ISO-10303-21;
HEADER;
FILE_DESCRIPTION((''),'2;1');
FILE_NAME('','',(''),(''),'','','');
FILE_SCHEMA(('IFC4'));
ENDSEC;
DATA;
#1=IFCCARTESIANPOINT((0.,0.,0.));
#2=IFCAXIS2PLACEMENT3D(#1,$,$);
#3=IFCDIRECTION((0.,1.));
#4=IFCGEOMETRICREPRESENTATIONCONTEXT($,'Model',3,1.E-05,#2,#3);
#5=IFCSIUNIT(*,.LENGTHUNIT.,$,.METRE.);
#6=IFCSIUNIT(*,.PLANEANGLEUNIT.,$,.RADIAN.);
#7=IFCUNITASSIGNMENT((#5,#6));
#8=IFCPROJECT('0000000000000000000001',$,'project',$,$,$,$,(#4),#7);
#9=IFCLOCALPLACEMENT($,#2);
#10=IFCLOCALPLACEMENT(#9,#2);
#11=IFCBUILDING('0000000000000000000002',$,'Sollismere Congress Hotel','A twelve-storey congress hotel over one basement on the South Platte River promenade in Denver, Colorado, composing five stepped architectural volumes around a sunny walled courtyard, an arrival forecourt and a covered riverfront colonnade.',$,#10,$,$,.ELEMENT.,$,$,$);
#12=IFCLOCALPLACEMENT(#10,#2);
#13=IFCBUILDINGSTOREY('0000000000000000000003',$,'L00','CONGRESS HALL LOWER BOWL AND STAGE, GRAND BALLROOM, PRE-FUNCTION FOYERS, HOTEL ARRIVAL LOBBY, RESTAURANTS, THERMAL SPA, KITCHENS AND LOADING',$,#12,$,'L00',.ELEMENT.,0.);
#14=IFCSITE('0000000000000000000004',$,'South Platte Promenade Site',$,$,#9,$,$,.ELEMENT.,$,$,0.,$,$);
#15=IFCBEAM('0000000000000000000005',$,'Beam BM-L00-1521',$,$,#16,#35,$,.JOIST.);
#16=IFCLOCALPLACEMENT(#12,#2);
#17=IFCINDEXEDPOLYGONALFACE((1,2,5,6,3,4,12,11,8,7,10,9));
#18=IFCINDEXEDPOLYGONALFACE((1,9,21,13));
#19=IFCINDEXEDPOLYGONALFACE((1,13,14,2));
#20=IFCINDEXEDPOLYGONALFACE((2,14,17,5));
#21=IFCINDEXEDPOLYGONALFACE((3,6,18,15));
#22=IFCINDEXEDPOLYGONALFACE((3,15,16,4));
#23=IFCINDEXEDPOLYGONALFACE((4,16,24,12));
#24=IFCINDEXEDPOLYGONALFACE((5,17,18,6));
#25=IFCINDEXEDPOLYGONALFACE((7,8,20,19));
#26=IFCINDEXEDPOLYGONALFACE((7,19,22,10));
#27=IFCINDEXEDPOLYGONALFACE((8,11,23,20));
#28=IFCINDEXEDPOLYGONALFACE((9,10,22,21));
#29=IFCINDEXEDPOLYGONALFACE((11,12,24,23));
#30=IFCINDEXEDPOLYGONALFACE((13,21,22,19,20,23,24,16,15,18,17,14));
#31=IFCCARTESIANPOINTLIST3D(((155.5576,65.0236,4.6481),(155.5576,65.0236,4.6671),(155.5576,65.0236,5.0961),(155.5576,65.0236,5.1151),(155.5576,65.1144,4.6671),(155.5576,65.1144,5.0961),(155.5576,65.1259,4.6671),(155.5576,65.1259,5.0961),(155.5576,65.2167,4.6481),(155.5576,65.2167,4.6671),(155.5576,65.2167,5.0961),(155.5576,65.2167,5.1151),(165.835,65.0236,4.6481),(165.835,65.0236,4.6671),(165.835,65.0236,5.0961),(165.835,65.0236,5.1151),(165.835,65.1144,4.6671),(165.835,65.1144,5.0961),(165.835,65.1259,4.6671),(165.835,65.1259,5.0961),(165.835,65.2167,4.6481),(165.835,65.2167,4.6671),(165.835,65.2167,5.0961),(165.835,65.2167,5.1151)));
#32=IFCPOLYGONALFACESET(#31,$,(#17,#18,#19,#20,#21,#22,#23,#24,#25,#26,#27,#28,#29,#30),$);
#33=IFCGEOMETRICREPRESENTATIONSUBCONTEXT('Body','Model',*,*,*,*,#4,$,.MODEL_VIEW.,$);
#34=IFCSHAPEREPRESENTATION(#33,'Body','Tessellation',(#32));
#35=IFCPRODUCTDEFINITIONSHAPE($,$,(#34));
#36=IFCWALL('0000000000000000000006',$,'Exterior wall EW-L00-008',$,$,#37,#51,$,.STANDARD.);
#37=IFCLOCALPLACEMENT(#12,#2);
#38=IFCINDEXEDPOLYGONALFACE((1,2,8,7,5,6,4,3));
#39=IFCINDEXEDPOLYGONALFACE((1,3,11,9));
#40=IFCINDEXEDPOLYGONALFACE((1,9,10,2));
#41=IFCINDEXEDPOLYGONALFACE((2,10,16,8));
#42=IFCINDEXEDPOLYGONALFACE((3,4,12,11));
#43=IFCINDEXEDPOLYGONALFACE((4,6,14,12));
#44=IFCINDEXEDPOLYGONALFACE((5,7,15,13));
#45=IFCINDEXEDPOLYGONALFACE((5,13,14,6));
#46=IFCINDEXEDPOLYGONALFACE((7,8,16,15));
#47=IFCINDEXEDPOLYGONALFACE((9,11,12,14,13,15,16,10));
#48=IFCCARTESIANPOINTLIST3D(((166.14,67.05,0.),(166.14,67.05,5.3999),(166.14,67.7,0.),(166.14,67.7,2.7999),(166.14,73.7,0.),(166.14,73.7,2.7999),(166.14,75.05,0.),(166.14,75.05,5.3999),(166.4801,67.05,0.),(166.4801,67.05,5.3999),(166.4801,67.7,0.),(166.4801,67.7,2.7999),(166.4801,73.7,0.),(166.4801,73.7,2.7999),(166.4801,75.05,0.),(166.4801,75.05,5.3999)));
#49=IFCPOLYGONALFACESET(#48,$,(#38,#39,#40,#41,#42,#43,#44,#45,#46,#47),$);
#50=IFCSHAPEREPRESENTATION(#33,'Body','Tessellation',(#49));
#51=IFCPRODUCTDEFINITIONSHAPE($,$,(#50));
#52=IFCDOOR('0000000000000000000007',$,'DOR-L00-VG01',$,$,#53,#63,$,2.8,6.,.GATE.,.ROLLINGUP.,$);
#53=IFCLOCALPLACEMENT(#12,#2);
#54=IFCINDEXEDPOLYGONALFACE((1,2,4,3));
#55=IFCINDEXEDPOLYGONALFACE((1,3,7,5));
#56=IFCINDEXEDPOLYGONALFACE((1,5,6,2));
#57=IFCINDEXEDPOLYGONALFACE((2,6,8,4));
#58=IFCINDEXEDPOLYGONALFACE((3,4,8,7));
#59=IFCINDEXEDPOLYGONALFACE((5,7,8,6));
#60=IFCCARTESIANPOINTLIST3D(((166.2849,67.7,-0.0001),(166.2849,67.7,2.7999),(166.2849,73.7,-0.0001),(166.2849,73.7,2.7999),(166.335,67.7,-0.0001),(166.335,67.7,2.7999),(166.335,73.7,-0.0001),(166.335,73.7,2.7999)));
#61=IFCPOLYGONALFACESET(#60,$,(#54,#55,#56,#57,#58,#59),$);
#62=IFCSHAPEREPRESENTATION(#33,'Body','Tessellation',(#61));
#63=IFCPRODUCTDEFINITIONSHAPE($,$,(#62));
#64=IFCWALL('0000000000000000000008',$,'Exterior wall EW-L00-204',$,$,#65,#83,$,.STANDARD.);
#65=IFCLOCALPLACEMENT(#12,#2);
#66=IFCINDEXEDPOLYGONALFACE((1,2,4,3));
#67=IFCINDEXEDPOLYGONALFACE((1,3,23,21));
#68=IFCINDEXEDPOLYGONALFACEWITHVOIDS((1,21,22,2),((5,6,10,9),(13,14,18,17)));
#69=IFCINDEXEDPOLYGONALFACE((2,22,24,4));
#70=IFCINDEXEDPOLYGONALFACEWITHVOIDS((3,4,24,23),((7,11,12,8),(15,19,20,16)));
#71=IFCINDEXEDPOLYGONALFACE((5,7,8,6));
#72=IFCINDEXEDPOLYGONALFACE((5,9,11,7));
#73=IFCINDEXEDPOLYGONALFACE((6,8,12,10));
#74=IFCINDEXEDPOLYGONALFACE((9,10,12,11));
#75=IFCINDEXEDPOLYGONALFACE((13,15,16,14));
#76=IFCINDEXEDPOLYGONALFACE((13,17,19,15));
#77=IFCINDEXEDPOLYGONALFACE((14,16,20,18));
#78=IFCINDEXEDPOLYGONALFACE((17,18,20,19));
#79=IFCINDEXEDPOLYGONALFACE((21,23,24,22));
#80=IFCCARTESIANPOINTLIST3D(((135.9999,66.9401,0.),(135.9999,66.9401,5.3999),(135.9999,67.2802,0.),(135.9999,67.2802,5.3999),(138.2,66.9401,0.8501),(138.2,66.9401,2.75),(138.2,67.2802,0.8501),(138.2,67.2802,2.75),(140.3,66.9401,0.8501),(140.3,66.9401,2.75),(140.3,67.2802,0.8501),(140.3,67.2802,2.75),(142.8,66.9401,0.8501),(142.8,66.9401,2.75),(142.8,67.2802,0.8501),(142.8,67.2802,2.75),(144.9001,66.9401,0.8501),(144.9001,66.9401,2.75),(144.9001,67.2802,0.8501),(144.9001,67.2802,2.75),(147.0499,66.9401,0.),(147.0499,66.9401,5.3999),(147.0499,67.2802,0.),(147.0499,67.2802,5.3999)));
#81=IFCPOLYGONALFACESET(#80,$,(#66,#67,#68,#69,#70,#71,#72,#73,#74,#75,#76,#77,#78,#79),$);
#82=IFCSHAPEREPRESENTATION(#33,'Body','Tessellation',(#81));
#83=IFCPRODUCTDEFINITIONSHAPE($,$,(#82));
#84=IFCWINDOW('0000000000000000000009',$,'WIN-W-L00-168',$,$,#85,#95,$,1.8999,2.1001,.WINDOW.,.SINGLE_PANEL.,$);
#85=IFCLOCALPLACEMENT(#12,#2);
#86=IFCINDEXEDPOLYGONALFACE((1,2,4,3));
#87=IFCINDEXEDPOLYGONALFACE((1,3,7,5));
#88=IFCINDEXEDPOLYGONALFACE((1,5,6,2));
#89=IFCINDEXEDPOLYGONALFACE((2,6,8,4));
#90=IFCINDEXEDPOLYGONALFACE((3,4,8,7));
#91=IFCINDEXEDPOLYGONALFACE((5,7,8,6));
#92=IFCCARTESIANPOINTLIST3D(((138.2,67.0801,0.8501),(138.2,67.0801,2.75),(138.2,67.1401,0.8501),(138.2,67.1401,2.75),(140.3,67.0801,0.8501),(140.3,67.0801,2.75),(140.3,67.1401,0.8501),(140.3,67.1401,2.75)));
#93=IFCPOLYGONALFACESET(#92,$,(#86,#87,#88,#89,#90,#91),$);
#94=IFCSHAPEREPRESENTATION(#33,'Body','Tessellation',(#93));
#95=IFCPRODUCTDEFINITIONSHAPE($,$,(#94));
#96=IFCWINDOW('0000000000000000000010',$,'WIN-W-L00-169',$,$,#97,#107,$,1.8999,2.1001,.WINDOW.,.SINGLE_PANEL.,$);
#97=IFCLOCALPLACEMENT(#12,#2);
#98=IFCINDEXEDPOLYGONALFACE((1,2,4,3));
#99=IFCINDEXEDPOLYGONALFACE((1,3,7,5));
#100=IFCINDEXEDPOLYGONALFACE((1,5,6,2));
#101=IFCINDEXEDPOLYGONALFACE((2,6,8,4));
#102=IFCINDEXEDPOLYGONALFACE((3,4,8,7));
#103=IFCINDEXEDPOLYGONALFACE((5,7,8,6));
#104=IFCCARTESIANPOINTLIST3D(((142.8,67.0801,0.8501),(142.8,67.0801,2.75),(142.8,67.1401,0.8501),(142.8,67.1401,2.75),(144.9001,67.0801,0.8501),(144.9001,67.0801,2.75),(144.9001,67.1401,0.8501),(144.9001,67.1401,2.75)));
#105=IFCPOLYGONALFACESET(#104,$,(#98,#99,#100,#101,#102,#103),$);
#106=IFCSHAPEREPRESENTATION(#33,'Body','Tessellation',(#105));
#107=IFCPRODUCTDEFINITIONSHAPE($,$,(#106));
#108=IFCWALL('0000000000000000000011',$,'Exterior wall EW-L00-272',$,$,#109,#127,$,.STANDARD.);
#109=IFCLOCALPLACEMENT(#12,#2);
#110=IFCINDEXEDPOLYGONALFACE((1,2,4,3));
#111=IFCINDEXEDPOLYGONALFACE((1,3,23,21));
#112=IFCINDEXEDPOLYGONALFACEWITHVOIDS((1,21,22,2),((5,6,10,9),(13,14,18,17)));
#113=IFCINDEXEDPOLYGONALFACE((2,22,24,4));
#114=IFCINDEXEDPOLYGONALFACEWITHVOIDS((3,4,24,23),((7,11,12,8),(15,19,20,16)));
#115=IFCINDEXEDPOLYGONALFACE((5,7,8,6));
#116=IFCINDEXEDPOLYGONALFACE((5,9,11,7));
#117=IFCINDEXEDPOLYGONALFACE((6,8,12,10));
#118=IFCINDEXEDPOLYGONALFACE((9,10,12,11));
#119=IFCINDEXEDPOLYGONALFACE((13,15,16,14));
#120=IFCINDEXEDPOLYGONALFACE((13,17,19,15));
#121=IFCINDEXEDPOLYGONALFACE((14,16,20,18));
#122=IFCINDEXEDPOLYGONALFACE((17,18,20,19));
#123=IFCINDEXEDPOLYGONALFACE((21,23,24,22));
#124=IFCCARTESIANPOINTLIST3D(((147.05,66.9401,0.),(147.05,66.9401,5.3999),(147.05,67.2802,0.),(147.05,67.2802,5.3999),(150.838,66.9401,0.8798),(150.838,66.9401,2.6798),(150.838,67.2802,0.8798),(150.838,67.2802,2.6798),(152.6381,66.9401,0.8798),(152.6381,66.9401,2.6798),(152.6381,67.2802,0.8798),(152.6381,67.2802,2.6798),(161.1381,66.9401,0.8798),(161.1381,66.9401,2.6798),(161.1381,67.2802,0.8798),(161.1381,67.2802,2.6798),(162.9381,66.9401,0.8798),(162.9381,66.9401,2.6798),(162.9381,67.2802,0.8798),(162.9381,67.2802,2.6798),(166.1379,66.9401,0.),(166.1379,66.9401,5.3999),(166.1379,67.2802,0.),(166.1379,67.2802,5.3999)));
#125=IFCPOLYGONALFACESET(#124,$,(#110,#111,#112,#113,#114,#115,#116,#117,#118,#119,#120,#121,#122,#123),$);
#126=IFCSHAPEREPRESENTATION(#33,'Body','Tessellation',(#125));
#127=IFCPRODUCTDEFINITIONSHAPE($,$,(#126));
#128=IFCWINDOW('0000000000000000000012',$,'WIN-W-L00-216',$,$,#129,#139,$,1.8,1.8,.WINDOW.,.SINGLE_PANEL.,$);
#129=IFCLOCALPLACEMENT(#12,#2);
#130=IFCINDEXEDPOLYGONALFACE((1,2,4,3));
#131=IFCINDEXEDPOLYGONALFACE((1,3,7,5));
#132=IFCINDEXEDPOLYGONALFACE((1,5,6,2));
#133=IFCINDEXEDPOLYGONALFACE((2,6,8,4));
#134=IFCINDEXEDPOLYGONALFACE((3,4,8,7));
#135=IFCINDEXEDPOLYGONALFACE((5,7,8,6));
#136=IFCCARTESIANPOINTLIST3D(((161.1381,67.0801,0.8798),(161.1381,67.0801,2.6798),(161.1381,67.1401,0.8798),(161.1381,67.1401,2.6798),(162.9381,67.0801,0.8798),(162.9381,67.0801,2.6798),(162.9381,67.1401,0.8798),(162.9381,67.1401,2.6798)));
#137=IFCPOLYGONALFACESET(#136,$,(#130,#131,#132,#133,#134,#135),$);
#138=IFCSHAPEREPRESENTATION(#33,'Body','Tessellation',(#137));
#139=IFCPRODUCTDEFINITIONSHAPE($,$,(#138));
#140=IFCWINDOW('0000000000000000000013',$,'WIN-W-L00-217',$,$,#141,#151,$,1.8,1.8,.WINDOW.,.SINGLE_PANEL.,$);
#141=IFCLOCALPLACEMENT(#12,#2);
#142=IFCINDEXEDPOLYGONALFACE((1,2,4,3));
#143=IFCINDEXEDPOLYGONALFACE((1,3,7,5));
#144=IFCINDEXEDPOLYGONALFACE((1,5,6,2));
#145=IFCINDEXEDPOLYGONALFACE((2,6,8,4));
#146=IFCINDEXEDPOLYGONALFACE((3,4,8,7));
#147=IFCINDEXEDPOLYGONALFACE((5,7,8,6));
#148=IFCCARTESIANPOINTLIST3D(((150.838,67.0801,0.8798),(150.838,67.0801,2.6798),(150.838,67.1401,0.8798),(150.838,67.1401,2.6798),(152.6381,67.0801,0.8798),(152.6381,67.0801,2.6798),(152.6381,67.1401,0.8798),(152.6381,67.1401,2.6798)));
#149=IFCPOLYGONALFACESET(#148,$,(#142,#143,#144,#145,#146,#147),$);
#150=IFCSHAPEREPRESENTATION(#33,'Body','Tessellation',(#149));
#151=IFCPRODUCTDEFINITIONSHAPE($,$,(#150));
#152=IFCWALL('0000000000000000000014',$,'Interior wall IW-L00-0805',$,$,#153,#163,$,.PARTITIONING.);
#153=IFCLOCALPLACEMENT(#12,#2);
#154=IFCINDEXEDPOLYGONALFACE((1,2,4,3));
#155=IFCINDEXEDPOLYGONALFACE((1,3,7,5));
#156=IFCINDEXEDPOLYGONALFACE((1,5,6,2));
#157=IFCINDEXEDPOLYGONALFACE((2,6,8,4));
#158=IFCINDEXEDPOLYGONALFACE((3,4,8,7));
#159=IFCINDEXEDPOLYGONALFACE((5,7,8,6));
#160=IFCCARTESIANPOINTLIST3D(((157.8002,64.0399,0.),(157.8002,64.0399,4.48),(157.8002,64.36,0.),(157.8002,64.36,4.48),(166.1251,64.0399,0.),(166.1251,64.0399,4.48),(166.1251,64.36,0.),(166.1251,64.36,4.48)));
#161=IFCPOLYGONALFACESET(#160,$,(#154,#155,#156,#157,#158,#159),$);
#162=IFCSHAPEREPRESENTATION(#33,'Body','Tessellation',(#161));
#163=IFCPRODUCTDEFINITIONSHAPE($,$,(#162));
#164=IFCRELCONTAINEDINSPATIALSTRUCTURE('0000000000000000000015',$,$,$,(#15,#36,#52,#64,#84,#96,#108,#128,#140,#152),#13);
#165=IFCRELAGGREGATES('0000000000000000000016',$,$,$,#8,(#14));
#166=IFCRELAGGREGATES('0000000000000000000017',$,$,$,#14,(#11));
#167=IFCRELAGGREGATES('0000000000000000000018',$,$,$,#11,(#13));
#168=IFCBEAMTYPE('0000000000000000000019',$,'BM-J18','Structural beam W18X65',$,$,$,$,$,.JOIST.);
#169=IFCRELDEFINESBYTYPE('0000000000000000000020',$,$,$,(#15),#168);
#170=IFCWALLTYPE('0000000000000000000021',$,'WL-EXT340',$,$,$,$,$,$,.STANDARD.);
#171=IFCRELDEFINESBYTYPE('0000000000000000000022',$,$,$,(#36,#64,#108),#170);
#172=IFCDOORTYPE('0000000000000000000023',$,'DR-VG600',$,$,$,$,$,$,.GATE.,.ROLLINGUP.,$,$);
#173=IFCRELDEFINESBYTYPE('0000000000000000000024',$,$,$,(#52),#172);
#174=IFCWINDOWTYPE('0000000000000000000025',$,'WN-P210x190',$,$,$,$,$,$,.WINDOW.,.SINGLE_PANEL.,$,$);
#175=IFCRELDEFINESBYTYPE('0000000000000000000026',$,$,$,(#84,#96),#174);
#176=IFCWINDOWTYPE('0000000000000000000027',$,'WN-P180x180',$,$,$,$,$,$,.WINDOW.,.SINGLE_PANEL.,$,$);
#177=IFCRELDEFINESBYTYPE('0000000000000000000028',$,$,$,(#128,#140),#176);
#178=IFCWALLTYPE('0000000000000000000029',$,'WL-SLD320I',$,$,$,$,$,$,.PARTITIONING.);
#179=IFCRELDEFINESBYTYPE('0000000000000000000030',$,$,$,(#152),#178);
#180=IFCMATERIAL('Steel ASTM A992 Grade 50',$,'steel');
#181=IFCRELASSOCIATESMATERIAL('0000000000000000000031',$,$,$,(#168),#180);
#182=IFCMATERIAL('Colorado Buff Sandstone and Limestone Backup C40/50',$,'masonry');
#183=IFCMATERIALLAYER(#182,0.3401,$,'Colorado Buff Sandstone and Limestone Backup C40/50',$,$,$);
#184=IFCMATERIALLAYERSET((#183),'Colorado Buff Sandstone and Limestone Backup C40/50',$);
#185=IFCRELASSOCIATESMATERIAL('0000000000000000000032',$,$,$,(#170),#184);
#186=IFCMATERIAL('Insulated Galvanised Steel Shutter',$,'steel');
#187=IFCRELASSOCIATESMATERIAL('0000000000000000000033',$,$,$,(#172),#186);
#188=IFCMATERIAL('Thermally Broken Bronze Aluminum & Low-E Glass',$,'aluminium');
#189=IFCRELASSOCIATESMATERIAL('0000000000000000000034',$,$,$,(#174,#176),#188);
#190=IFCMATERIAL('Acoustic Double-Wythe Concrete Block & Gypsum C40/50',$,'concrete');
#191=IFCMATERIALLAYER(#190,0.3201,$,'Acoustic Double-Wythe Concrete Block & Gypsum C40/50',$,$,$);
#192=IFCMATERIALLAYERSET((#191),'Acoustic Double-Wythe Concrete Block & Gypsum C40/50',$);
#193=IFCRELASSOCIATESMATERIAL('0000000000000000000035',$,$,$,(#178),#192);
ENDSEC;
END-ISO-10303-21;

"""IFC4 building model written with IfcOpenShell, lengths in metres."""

from ifc_helpers import new_model, si_unit, direction, frame, frame_2d, origin, origin_2d, place, context, subcontext, project, spatial, rectangle, i_section, extrude, material, layer, layer_set, material_profile, profile_set, type_object, element, fill, save


model = new_model("IFC4")

# Units and contexts
model_context = context("Model", 3, precision=1e-05, world=origin(), true_north=direction((0.0, 1.0)))
body_context = subcontext(model_context, "Body", "Model", "MODEL_VIEW")
ifc_project = project(units=[si_unit("LENGTHUNIT", "METRE"), si_unit("PLANEANGLEUNIT", "RADIAN")], contexts=[model_context])

# Site, building, storey
site_placement = place(None, origin())
site = spatial("IfcSite", under=ifc_project, at=site_placement, Name="South Platte Promenade Site", CompositionType="ELEMENT", RefElevation=0.0)
building_placement = place(site_placement, origin())
building = spatial("IfcBuilding", under=site, at=building_placement, Name="Sollismere Congress Hotel", Description="A twelve-storey congress hotel over one basement on the South Platte River promenade in Denver, Colorado, composing five stepped architectural volumes around a sunny walled courtyard, an arrival forecourt and a covered riverfront colonnade.", CompositionType="ELEMENT")
storey_placement = place(building_placement, origin())
storey = spatial("IfcBuildingStorey", under=building, at=storey_placement, Name="L00", Description="CONGRESS HALL LOWER BOWL AND STAGE, GRAND BALLROOM, PRE-FUNCTION FOYERS, HOTEL ARRIVAL LOBBY, RESTAURANTS, THERMAL SPA, KITCHENS AND LOADING", LongName="L00", CompositionType="ELEMENT", Elevation=0.0)

# Shared definitions
ifc_material_1 = material(Name="Steel ASTM A992 Grade 50", Category="steel")

# Beam
ifc_material_profile_1 = material_profile(ifc_material_1, i_section(OverallWidth=0.1931, OverallDepth=0.467, WebThickness=0.0115, FlangeThickness=0.019, at=origin_2d()), Name="W18X65")
ifc_profile_set_1 = profile_set([ifc_material_profile_1], Name="Steel ASTM A992 Grade 50")
beam_type_1 = type_object("IfcBeamType", Name="BM-J18", Description="Structural beam W18X65", PredefinedType="JOIST", material=ifc_profile_set_1)
for number, where, z_axis, x_axis, name in (
    (1, (155.5576, 65.1201, 4.8816), (1.0, 0.0, 0.0), (0.0, 1.0, 0.0), "Beam BM-L00-1521"),
):
    element("IfcBeam", number, at=place(storey_placement, frame(where, z_axis=z_axis, x_axis=x_axis)), inside=storey, type_object=beam_type_1, Name=name, PredefinedType="JOIST", context=body_context, shape_type="SweptSolid", body=[
        extrude(i_section(OverallWidth=0.1931, OverallDepth=0.467, WebThickness=0.0115, FlangeThickness=0.019, at=origin_2d()), origin(), (0.0, 0.0, 1.0), 10.2773),
    ])

# Wall, opening, door
ifc_material_2 = material(Name="Colorado Buff Sandstone and Limestone Backup C40/50", Category="masonry")
ifc_layer_1 = layer(ifc_material_2, 0.3401, Name="Colorado Buff Sandstone and Limestone Backup C40/50")
ifc_layer_set_1 = layer_set([ifc_layer_1], Name="Colorado Buff Sandstone and Limestone Backup C40/50")
wall_type_1 = type_object("IfcWallType", Name="WL-EXT340", PredefinedType="STANDARD", material=ifc_layer_set_1)
wall_1_placement = place(storey_placement, frame((166.3101, 67.05, 0.0), z_axis=(0.0, 0.0, 1.0), x_axis=(0.0, 1.0, 0.0)))
wall_1 = element("IfcWall", 2, at=wall_1_placement, inside=storey, type_object=wall_type_1, Name="Exterior wall EW-L00-008", PredefinedType="STANDARD", context=body_context, shape_type="SweptSolid", body=[
    extrude(rectangle(XDim=8.0, YDim=0.3401, at=frame_2d((4.0, 0.0))), origin(), (0.0, 0.0, 1.0), 5.3999),
])
opening_1_placement = place(wall_1_placement, frame((0.6499, 0.0, 0.0)))
opening_1 = element("IfcOpeningElement", 3, at=opening_1_placement, cuts=wall_1, PredefinedType="OPENING", context=body_context, shape_type="SweptSolid", body=[
    extrude(rectangle(XDim=6.0, YDim=2.8, at=frame_2d((3.0, 1.3999))), frame((0.0, 0.1799, 0.0), z_axis=(0.0, -1.0, 0.0), x_axis=(1.0, 0.0, 0.0)), (0.0, 0.0, 1.0), 0.3601),
])
ifc_material_3 = material(Name="Insulated Galvanised Steel Shutter", Category="steel")
door_type = type_object("IfcDoorType", Name="DR-VG600", OperationType="ROLLINGUP", PredefinedType="GATE", material=ifc_material_3)
door_placement = place(opening_1_placement, frame((6.0, 0.0, 0.0), z_axis=(0.0, 0.0, 1.0), x_axis=(-1.0, 0.0, 0.0)))
door = element("IfcDoor", 4, at=door_placement, inside=storey, type_object=door_type, Name="DOR-L00-VG01", OperationType="ROLLINGUP", OverallHeight=2.8, OverallWidth=6.0, PredefinedType="GATE", context=body_context, shape_type="SweptSolid", body=[
    extrude(rectangle(XDim=6.0, YDim=2.8, at=frame_2d((3.0, 1.3999))), frame((0.0, 0.0249, 0.0), z_axis=(0.0, -1.0, 0.0), x_axis=(1.0, 0.0, 0.0)), (0.0, 0.0, 1.0), 0.05),
])
fill(opening_1, door)

# Walls, openings, windows
wall_2_placement = place(storey_placement, frame((136.0, 67.1101, 0.0), z_axis=(0.0, 0.0, 1.0), x_axis=(1.0, 0.0, 0.0)))
wall_2 = element("IfcWall", 5, at=wall_2_placement, inside=storey, type_object=wall_type_1, Name="Exterior wall EW-L00-204", PredefinedType="STANDARD", context=body_context, shape_type="SweptSolid", body=[
    extrude(rectangle(XDim=11.05, YDim=0.3401, at=frame_2d((5.5249, 0.0))), origin(), (0.0, 0.0, 1.0), 5.3999),
])
opening_2_placement = place(wall_2_placement, frame((2.2, 0.0, 0.8501)))
opening_2 = element("IfcOpeningElement", 6, at=opening_2_placement, cuts=wall_2, PredefinedType="OPENING", context=body_context, shape_type="SweptSolid", body=[
    extrude(rectangle(XDim=2.1001, YDim=1.8999, at=frame_2d((1.05, 0.95))), frame((0.0, 0.1799, 0.0), z_axis=(0.0, -1.0, 0.0), x_axis=(1.0, 0.0, 0.0)), (0.0, 0.0, 1.0), 0.3601),
])
opening_3_placement = place(wall_2_placement, frame((6.8, 0.0, 0.8501)))
opening_3 = element("IfcOpeningElement", 7, at=opening_3_placement, cuts=wall_2, PredefinedType="OPENING", context=body_context, shape_type="SweptSolid", body=[
    extrude(rectangle(XDim=2.1001, YDim=1.8999, at=frame_2d((1.05, 0.95))), frame((0.0, 0.1799, 0.0), z_axis=(0.0, -1.0, 0.0), x_axis=(1.0, 0.0, 0.0)), (0.0, 0.0, 1.0), 0.3601),
])
ifc_material_4 = material(Name="Thermally Broken Bronze Aluminum & Low-E Glass", Category="aluminium")
window_type_1 = type_object("IfcWindowType", Name="WN-P210x190", PartitioningType="SINGLE_PANEL", PredefinedType="WINDOW", material=ifc_material_4)
window_1_placement = place(opening_2_placement, origin())
window_1 = element("IfcWindow", 8, at=window_1_placement, inside=storey, type_object=window_type_1, Name="WIN-W-L00-168", OverallHeight=1.8999, OverallWidth=2.1001, PartitioningType="SINGLE_PANEL", PredefinedType="WINDOW", context=body_context, shape_type="SweptSolid", body=[
    extrude(rectangle(XDim=2.1001, YDim=1.8999, at=frame_2d((1.05, 0.95))), frame((0.0, 0.03, 0.0), z_axis=(0.0, -1.0, 0.0), x_axis=(1.0, 0.0, 0.0)), (0.0, 0.0, 1.0), 0.0601),
])
fill(opening_2, window_1)
window_2_placement = place(opening_3_placement, origin())
window_2 = element("IfcWindow", 9, at=window_2_placement, inside=storey, type_object=window_type_1, Name="WIN-W-L00-169", OverallHeight=1.8999, OverallWidth=2.1001, PartitioningType="SINGLE_PANEL", PredefinedType="WINDOW", context=body_context, shape_type="SweptSolid", body=[
    extrude(rectangle(XDim=2.1001, YDim=1.8999, at=frame_2d((1.05, 0.95))), frame((0.0, 0.03, 0.0), z_axis=(0.0, -1.0, 0.0), x_axis=(1.0, 0.0, 0.0)), (0.0, 0.0, 1.0), 0.0601),
])
fill(opening_3, window_2)
wall_3_placement = place(storey_placement, frame((166.1379, 67.1101, 0.0), z_axis=(0.0, 0.0, 1.0), x_axis=(-1.0, 0.0, 0.0)))
wall_3 = element("IfcWall", 10, at=wall_3_placement, inside=storey, type_object=wall_type_1, Name="Exterior wall EW-L00-272", PredefinedType="STANDARD", context=body_context, shape_type="SweptSolid", body=[
    extrude(rectangle(XDim=19.0879, YDim=0.3401, at=frame_2d((9.5439, 0.0))), origin(), (0.0, 0.0, 1.0), 5.3999),
])
opening_4_placement = place(wall_3_placement, frame((3.2, 0.0, 0.8799)))
opening_4 = element("IfcOpeningElement", 11, at=opening_4_placement, cuts=wall_3, PredefinedType="OPENING", context=body_context, shape_type="SweptSolid", body=[
    extrude(rectangle(XDim=1.8, YDim=1.8, at=frame_2d((0.8999, 0.8999))), frame((0.0, 0.1799, 0.0), z_axis=(0.0, -1.0, 0.0), x_axis=(1.0, 0.0, 0.0)), (0.0, 0.0, 1.0), 0.3601),
])
opening_5_placement = place(wall_3_placement, frame((13.5, 0.0, 0.8799)))
opening_5 = element("IfcOpeningElement", 12, at=opening_5_placement, cuts=wall_3, PredefinedType="OPENING", context=body_context, shape_type="SweptSolid", body=[
    extrude(rectangle(XDim=1.8, YDim=1.8, at=frame_2d((0.8999, 0.8999))), frame((0.0, 0.1799, 0.0), z_axis=(0.0, -1.0, 0.0), x_axis=(1.0, 0.0, 0.0)), (0.0, 0.0, 1.0), 0.3601),
])
window_type_2 = type_object("IfcWindowType", Name="WN-P180x180", PartitioningType="SINGLE_PANEL", PredefinedType="WINDOW", material=ifc_material_4)
window_3_placement = place(opening_4_placement, origin())
window_3 = element("IfcWindow", 13, at=window_3_placement, inside=storey, type_object=window_type_2, Name="WIN-W-L00-216", OverallHeight=1.8, OverallWidth=1.8, PartitioningType="SINGLE_PANEL", PredefinedType="WINDOW", context=body_context, shape_type="SweptSolid", body=[
    extrude(rectangle(XDim=1.8, YDim=1.8, at=frame_2d((0.8999, 0.8999))), frame((0.0, 0.03, 0.0), z_axis=(0.0, -1.0, 0.0), x_axis=(1.0, 0.0, 0.0)), (0.0, 0.0, 1.0), 0.0601),
])
fill(opening_4, window_3)
window_4_placement = place(opening_5_placement, origin())
window_4 = element("IfcWindow", 14, at=window_4_placement, inside=storey, type_object=window_type_2, Name="WIN-W-L00-217", OverallHeight=1.8, OverallWidth=1.8, PartitioningType="SINGLE_PANEL", PredefinedType="WINDOW", context=body_context, shape_type="SweptSolid", body=[
    extrude(rectangle(XDim=1.8, YDim=1.8, at=frame_2d((0.8999, 0.8999))), frame((0.0, 0.03, 0.0), z_axis=(0.0, -1.0, 0.0), x_axis=(1.0, 0.0, 0.0)), (0.0, 0.0, 1.0), 0.0601),
])
fill(opening_5, window_4)

# Wall
ifc_material_5 = material(Name="Acoustic Double-Wythe Concrete Block & Gypsum C40/50", Category="concrete")
ifc_layer_2 = layer(ifc_material_5, 0.3201, Name="Acoustic Double-Wythe Concrete Block & Gypsum C40/50")
ifc_layer_set_2 = layer_set([ifc_layer_2], Name="Acoustic Double-Wythe Concrete Block & Gypsum C40/50")
wall_type_2 = type_object("IfcWallType", Name="WL-SLD320I", PredefinedType="PARTITIONING", material=ifc_layer_set_2)
wall_4_placement = place(storey_placement, frame((157.8, 64.2, 0.0), z_axis=(0.0, 0.0, 1.0), x_axis=(1.0, 0.0, 0.0)))
element("IfcWall", 15, at=wall_4_placement, inside=storey, type_object=wall_type_2, Name="Interior wall IW-L00-0805", PredefinedType="PARTITIONING", context=body_context, shape_type="SweptSolid", body=[
    extrude(rectangle(XDim=8.325, YDim=0.3201, at=frame_2d((4.1626, 0.0))), origin(), (0.0, 0.0, 1.0), 4.48),
])

save(model, "model.ifc")
